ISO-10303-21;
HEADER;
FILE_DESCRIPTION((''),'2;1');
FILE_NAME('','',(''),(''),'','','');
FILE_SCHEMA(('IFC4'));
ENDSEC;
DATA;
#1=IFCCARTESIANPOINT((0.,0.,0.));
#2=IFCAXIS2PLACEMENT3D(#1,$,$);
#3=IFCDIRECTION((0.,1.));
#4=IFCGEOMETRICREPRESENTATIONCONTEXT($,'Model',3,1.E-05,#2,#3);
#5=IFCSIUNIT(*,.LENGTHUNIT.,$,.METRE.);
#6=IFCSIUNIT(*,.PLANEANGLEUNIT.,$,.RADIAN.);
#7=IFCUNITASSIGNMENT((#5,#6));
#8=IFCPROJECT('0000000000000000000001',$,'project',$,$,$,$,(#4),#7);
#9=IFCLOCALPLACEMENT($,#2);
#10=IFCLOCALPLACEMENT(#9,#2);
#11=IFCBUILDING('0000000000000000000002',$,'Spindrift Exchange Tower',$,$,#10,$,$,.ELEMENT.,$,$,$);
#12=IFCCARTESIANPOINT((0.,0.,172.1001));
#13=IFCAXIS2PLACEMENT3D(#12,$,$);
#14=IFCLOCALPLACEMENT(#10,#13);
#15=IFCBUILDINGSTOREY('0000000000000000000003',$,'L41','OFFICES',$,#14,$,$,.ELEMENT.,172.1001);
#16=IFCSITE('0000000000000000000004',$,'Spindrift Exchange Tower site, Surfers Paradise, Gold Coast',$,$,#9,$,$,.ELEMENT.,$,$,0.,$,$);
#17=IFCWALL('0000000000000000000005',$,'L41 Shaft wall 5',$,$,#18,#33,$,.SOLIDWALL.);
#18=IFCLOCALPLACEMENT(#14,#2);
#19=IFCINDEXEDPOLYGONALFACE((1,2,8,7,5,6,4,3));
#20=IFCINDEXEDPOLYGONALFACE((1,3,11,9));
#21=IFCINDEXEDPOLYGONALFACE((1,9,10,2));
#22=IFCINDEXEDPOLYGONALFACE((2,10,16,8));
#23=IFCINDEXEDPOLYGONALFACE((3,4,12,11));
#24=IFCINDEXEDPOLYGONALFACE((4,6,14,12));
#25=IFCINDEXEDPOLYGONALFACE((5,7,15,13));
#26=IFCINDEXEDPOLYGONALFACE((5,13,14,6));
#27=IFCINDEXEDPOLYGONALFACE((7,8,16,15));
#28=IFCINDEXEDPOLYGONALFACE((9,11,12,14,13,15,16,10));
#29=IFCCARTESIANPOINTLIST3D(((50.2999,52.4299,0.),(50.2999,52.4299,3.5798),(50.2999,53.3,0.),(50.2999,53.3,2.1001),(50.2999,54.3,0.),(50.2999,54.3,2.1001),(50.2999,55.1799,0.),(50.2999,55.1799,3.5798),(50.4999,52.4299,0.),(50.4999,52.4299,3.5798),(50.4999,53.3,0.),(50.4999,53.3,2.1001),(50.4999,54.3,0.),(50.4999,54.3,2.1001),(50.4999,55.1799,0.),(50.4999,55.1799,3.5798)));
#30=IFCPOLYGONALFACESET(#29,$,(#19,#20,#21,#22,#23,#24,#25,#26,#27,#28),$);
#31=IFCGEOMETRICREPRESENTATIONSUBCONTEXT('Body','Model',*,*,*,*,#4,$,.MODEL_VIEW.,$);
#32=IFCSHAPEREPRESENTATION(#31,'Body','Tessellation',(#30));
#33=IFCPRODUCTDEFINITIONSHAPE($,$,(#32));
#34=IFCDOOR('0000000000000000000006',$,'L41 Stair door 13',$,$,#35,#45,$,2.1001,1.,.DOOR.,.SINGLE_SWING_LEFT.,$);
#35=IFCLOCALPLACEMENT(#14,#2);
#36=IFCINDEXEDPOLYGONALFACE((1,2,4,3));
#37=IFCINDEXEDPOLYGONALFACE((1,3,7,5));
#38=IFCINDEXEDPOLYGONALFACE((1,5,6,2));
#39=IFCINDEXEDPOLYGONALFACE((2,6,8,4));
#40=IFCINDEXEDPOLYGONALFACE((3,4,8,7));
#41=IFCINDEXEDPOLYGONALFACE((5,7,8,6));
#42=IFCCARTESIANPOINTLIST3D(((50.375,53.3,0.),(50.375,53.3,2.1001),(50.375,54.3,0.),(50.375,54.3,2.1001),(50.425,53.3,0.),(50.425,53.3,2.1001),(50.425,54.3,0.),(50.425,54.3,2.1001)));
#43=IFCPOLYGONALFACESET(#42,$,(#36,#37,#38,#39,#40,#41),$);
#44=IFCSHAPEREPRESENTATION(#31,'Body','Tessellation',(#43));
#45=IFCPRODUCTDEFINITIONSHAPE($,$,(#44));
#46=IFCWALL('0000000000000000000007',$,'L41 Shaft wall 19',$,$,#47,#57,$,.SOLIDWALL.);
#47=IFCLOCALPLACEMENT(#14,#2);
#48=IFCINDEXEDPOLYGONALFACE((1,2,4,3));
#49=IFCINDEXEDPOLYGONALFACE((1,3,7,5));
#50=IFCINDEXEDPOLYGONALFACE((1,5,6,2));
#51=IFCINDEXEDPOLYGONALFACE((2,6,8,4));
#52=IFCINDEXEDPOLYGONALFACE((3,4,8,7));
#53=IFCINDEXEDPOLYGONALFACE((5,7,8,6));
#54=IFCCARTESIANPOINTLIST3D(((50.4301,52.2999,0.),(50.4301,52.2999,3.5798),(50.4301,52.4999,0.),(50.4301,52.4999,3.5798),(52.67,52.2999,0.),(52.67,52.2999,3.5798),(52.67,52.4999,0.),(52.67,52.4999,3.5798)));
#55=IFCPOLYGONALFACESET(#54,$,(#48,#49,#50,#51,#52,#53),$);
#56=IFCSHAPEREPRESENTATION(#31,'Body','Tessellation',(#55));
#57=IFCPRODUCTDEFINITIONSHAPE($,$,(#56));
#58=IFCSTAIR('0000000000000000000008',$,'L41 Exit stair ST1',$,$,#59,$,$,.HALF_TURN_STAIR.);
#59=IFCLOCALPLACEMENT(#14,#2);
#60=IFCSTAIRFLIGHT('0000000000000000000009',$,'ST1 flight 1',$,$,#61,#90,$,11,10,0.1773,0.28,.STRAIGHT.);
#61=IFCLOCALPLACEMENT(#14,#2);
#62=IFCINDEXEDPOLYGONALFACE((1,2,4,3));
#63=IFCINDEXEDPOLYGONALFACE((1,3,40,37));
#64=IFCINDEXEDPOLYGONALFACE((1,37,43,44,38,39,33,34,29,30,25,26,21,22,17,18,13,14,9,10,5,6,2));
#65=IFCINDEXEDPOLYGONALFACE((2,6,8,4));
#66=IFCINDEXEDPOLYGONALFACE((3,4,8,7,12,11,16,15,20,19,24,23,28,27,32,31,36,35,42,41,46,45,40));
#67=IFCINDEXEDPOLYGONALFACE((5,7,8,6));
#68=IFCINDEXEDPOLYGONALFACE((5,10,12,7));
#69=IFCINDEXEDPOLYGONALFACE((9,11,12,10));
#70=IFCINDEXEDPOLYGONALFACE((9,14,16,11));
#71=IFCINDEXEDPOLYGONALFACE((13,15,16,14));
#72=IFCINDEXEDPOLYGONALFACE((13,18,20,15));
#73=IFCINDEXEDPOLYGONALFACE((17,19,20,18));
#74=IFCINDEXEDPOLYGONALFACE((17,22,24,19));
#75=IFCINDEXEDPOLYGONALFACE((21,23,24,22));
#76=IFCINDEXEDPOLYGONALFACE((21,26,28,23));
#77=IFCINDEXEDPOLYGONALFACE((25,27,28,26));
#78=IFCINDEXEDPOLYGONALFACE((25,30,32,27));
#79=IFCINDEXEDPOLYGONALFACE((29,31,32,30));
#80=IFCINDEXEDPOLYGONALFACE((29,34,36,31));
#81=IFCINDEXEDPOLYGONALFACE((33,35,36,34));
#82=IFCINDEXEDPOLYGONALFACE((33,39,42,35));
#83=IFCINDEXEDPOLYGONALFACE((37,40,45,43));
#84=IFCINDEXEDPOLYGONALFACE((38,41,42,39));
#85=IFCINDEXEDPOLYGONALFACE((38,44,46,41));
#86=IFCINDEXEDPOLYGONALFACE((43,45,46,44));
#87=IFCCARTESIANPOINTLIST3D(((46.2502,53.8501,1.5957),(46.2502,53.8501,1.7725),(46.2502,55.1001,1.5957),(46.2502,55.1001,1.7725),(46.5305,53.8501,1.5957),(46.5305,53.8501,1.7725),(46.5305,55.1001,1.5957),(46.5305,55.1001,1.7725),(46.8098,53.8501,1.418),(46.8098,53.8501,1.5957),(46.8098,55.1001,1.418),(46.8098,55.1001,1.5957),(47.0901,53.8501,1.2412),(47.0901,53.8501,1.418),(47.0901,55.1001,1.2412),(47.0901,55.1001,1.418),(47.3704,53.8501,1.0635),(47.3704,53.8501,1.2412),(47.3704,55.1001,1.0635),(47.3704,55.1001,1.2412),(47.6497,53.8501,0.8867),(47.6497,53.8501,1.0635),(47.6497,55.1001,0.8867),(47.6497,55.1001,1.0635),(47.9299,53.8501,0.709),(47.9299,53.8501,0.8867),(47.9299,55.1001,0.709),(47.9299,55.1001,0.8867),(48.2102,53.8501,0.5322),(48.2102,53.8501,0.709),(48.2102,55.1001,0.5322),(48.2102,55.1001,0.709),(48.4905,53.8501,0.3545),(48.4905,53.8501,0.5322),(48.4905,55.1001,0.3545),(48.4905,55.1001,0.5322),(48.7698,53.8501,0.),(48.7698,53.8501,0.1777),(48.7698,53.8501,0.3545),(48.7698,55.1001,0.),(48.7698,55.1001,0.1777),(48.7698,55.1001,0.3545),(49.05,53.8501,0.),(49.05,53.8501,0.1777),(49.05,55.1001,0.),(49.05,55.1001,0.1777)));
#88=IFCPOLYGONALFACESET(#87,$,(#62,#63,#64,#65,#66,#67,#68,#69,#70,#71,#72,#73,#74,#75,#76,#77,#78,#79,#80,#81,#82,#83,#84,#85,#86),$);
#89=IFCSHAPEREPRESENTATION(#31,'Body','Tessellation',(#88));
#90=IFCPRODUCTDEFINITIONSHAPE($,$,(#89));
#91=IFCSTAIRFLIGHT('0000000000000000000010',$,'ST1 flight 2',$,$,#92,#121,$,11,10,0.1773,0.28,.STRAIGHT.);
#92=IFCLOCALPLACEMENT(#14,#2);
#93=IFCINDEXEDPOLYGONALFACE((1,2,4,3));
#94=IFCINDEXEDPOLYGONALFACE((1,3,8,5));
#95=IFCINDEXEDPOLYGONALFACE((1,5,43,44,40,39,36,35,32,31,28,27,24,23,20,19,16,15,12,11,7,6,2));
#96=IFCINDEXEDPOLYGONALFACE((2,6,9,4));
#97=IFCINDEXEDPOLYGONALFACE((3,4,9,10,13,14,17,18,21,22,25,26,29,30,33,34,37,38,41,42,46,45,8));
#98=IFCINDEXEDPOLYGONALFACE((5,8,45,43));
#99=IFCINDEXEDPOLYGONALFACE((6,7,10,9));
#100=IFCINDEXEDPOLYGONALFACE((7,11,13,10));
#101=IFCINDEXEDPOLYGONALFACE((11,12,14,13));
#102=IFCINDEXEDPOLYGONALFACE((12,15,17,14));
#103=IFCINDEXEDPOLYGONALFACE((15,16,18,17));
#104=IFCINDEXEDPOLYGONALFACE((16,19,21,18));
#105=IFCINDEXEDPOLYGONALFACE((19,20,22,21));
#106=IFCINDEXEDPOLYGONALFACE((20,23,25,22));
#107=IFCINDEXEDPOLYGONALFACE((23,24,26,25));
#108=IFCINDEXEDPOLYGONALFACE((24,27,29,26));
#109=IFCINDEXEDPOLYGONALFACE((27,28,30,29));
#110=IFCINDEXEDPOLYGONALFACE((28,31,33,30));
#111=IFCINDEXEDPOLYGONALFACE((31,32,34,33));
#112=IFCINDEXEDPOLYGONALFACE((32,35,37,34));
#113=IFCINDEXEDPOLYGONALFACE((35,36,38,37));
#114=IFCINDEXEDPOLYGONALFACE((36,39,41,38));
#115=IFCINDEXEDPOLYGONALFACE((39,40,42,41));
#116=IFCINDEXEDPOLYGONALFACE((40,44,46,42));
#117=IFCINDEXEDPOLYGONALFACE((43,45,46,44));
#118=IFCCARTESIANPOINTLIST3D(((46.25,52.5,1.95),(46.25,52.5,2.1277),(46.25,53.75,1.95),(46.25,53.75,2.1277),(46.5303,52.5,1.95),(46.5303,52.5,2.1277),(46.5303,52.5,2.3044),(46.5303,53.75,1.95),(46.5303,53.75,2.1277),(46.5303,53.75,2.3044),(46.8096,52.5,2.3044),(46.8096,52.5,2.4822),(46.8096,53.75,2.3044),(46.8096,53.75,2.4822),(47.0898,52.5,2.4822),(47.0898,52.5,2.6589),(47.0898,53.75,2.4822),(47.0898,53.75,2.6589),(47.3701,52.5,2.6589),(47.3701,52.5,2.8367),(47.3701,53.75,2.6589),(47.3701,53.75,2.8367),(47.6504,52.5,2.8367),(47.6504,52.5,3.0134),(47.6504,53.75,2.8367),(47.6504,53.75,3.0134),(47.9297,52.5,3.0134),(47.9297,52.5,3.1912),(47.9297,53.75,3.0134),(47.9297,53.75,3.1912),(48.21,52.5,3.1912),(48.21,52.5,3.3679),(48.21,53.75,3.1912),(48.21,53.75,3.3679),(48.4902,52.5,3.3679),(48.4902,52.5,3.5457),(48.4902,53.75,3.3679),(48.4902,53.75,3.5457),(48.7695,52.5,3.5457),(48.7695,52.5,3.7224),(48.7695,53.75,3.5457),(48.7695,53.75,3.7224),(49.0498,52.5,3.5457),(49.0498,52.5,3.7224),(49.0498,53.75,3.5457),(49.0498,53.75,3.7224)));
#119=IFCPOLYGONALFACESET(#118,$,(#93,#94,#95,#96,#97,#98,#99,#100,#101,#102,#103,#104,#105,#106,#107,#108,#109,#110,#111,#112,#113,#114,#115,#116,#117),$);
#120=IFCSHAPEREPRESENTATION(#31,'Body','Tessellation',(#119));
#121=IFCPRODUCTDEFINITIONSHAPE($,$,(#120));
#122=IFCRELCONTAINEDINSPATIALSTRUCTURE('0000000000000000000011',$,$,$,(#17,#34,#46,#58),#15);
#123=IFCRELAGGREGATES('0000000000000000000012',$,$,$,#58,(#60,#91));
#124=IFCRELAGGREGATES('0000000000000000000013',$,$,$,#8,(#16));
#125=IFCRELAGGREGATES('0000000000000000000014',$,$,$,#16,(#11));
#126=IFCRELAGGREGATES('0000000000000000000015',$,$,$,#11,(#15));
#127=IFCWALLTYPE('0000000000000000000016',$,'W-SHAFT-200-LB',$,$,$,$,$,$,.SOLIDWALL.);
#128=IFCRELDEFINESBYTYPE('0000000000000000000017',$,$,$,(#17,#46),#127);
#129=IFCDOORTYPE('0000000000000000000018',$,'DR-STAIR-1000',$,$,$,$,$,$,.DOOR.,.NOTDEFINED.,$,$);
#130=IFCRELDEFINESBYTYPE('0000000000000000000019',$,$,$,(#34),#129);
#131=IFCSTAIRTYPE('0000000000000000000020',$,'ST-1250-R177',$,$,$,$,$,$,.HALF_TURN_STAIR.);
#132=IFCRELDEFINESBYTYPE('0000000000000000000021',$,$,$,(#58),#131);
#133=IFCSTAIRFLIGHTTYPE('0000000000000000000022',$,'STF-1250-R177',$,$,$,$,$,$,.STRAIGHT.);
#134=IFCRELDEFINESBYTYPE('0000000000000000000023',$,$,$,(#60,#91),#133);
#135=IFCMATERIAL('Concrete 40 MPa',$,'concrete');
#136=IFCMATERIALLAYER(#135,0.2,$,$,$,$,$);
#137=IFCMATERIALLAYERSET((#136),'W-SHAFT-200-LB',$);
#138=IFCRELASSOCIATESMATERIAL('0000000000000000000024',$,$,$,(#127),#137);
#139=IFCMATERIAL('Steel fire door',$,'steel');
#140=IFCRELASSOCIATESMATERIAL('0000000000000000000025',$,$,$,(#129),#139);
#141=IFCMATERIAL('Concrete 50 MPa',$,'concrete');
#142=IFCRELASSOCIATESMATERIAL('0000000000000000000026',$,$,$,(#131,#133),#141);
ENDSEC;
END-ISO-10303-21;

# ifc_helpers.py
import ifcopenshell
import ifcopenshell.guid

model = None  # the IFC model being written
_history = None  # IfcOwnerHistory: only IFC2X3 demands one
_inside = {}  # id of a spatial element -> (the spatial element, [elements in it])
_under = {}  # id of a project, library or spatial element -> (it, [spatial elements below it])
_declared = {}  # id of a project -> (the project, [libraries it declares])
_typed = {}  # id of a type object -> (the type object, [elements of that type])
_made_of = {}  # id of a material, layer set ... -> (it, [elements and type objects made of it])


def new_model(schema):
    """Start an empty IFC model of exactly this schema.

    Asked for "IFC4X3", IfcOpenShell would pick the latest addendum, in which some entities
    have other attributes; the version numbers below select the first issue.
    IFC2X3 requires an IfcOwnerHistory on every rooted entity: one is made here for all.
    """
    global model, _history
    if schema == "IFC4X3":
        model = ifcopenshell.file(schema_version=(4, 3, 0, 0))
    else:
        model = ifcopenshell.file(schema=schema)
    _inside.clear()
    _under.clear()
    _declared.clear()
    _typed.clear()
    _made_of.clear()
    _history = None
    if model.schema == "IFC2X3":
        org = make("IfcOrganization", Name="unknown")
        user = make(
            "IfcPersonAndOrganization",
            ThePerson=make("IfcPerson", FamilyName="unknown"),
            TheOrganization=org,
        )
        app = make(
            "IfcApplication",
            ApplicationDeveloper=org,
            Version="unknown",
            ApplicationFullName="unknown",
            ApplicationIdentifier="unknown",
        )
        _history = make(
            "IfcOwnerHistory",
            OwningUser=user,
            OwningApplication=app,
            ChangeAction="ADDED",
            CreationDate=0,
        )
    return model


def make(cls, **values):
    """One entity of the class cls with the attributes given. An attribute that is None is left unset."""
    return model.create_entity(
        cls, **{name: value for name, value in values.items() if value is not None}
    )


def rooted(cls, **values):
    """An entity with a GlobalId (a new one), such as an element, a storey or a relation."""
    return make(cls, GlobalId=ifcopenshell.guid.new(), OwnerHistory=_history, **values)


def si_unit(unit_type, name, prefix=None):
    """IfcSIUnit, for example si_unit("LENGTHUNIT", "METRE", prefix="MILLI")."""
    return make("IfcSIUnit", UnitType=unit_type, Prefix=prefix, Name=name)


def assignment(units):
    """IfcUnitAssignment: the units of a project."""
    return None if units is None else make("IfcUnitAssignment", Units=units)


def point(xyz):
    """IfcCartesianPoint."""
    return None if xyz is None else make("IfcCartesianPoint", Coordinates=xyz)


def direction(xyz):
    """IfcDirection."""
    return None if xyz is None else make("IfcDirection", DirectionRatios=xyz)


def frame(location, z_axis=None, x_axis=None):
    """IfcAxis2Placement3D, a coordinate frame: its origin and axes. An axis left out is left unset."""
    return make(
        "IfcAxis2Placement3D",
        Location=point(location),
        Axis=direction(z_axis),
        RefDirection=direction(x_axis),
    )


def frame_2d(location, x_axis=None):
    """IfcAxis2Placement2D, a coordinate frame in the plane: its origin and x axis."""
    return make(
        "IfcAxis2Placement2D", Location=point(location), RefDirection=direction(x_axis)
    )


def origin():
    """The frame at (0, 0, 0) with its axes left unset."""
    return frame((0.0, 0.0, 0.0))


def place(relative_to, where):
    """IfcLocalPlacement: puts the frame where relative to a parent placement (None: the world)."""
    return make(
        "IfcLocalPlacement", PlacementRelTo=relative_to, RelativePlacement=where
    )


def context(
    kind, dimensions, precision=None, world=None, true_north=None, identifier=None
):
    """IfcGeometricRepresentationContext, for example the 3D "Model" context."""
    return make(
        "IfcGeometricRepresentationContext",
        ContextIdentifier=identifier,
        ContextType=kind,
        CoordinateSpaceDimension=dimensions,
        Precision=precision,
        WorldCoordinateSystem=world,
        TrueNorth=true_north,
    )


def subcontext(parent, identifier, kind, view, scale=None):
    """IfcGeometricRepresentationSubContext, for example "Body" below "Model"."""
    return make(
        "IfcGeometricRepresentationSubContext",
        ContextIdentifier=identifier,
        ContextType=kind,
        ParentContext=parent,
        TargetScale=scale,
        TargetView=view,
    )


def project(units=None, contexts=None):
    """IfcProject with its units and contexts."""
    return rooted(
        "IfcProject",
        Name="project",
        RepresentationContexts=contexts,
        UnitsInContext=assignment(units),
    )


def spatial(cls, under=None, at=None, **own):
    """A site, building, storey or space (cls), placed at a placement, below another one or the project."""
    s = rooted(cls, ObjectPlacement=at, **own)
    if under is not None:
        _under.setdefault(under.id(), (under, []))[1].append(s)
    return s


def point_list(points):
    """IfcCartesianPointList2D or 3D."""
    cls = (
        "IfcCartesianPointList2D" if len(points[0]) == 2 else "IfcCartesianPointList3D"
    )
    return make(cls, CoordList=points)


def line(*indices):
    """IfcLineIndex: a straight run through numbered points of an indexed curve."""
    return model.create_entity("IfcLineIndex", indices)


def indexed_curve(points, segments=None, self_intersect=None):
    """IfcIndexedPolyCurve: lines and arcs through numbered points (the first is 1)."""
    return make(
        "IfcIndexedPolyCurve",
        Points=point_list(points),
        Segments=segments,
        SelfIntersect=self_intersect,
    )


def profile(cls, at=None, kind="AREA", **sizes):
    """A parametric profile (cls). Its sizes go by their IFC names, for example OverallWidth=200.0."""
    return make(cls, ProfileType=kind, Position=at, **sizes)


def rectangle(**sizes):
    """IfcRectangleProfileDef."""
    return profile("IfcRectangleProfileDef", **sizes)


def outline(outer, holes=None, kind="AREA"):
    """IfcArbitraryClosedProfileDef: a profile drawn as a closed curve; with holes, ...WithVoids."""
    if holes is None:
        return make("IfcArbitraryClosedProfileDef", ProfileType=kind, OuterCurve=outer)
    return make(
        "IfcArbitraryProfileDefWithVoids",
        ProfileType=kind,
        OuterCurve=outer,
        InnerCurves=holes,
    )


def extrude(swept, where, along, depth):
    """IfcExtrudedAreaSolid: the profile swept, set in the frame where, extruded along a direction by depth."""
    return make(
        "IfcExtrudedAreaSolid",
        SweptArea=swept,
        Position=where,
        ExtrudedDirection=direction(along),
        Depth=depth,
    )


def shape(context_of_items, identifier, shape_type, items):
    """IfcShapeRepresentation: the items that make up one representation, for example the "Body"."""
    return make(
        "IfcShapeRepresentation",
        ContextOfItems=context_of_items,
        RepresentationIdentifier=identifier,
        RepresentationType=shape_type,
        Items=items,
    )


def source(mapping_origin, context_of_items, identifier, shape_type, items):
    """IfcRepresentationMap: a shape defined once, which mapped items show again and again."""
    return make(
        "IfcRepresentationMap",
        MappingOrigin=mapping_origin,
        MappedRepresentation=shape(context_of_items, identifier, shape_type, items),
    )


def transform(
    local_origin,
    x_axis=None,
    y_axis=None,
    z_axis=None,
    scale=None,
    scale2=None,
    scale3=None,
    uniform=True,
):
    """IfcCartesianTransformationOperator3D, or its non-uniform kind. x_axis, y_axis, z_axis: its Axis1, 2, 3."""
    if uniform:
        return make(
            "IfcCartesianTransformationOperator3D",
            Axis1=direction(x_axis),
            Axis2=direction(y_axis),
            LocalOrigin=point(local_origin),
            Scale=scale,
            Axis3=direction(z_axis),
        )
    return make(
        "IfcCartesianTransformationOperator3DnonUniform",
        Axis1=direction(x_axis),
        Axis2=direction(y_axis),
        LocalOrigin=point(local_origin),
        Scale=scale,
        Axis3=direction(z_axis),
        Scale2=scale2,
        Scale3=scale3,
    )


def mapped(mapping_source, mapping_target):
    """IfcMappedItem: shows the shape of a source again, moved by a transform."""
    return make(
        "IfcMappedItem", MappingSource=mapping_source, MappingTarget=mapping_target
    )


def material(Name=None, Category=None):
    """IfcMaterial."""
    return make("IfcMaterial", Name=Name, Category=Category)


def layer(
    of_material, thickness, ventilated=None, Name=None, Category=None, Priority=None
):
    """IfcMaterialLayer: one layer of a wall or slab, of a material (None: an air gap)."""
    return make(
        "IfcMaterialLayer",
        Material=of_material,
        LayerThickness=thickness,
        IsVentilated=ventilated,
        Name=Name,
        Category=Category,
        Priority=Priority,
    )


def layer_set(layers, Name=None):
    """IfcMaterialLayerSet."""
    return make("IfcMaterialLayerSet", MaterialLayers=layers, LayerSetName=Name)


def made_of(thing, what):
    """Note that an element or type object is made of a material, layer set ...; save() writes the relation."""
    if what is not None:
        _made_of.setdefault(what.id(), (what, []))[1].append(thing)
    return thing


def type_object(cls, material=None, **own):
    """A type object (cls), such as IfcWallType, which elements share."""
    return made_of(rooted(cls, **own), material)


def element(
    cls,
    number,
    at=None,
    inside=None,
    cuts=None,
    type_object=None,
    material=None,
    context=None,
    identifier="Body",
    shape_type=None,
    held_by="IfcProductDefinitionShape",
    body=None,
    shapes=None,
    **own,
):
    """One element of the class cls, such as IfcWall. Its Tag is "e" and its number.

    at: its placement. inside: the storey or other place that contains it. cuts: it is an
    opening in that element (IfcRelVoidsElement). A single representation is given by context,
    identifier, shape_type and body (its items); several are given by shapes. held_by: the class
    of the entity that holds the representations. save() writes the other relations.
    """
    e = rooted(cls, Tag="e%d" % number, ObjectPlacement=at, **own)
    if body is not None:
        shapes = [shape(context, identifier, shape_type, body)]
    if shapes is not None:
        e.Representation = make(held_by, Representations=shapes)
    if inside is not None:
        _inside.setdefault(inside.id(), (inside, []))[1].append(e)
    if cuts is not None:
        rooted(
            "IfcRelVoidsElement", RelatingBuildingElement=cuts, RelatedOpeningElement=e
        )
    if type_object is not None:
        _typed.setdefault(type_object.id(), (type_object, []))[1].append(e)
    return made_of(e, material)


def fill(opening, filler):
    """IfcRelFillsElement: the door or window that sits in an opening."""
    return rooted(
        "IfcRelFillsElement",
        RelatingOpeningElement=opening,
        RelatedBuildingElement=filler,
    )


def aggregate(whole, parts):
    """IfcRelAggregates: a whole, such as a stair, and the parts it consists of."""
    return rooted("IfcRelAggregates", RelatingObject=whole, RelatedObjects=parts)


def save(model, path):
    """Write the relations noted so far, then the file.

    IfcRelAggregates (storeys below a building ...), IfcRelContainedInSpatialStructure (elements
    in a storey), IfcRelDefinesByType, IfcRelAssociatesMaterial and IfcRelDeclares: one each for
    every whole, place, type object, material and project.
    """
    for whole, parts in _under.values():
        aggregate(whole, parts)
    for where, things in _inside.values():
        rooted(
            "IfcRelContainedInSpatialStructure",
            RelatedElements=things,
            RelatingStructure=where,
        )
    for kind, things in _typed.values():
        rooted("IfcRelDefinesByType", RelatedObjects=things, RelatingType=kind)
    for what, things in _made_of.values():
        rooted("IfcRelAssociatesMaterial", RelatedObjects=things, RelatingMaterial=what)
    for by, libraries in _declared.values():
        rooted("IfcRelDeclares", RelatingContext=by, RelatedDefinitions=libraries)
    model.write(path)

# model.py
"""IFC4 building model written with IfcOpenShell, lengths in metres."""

from ifc_helpers import new_model, si_unit, direction, frame, frame_2d, origin, place, context, subcontext, project, spatial, line, indexed_curve, rectangle, outline, extrude, source, transform, mapped, material, layer, layer_set, type_object, element, fill, aggregate, save


model = new_model("IFC4")

# Units and contexts
model_context = context("Model", 3, precision=1e-05, world=origin(), true_north=direction((0.0, 1.0)))
body_context = subcontext(model_context, "Body", "Model", "MODEL_VIEW")
ifc_project = project(units=[si_unit("LENGTHUNIT", "METRE"), si_unit("PLANEANGLEUNIT", "RADIAN")], contexts=[model_context])

# Site, building, storey
site_placement = place(None, origin())
site = spatial("IfcSite", under=ifc_project, at=site_placement, Name="Spindrift Exchange Tower site, Surfers Paradise, Gold Coast", CompositionType="ELEMENT", RefElevation=0.0)
building_placement = place(site_placement, origin())
building = spatial("IfcBuilding", under=site, at=building_placement, Name="Spindrift Exchange Tower", CompositionType="ELEMENT")
storey_placement = place(building_placement, frame((0.0, 0.0, 172.1001)))
storey = spatial("IfcBuildingStorey", under=building, at=storey_placement, Name="L41", Description="OFFICES", CompositionType="ELEMENT", Elevation=172.1001)

# Shared definitions
ifc_material_1 = material(Name="Concrete 40 MPa", Category="concrete")
ifc_layer_1 = layer(ifc_material_1, 0.2)
ifc_layer_set_1 = layer_set([ifc_layer_1], Name="W-SHAFT-200-LB")
wall_type_1 = type_object("IfcWallType", Name="W-SHAFT-200-LB", PredefinedType="SOLIDWALL", material=ifc_layer_set_1)

# Wall, opening, door
wall_1_placement = place(storey_placement, frame((50.3999, 52.4299, 0.0), z_axis=(0.0, 0.0, 1.0), x_axis=(0.0, 1.0, 0.0)))
wall_1 = element("IfcWall", 1, at=wall_1_placement, inside=storey, type_object=wall_type_1, Name="L41 Shaft wall 5", PredefinedType="SOLIDWALL", context=body_context, shape_type="SweptSolid", body=[
    extrude(rectangle(XDim=2.75, YDim=0.2, at=frame_2d((1.375, 0.0))), origin(), (0.0, 0.0, 1.0), 3.5798),
])
opening_1_placement = place(wall_1_placement, frame((0.8701, 0.0, 0.0)))
opening_1 = element("IfcOpeningElement", 2, at=opening_1_placement, cuts=wall_1, PredefinedType="OPENING", context=body_context, shape_type="SweptSolid", body=[
    extrude(rectangle(XDim=1.0, YDim=2.1001, at=frame_2d((0.5, 1.05))), frame((0.0, 0.1099, 0.0), z_axis=(0.0, -1.0, 0.0), x_axis=(1.0, 0.0, 0.0)), (0.0, 0.0, 1.0), 0.22),
])
ifc_material_2 = material(Name="Steel fire door", Category="steel")
door_type_1 = type_object("IfcDoorType", Name="DR-STAIR-1000", OperationType="NOTDEFINED", PredefinedType="DOOR", material=ifc_material_2)
shared_shape_1 = source(origin(), body_context, "Body", "SweptSolid", [
    extrude(rectangle(XDim=1.0, YDim=2.1001, at=frame_2d((0.5, 1.05))), frame((0.0, 0.0249, 0.0), z_axis=(0.0, -1.0, 0.0), x_axis=(1.0, 0.0, 0.0)), (0.0, 0.0, 1.0), 0.05),
])
door_1_placement = place(opening_1_placement, origin())
door_1 = element("IfcDoor", 3, at=door_1_placement, inside=storey, type_object=door_type_1, Name="L41 Stair door 13", OperationType="SINGLE_SWING_LEFT", OverallHeight=2.1001, OverallWidth=1.0, PredefinedType="DOOR", context=body_context, shape_type="MappedRepresentation", body=[
    mapped(shared_shape_1, transform((0.0, 0.0, 0.0), scale=1.0)),
])
fill(opening_1, door_1)

# Wall
wall_2_placement = place(storey_placement, frame((50.4299, 52.3999, 0.0), z_axis=(0.0, 0.0, 1.0), x_axis=(1.0, 0.0, 0.0)))
element("IfcWall", 4, at=wall_2_placement, inside=storey, type_object=wall_type_1, Name="L41 Shaft wall 19", PredefinedType="SOLIDWALL", context=body_context, shape_type="SweptSolid", body=[
    extrude(rectangle(XDim=2.24, YDim=0.2, at=frame_2d((1.1201, 0.0))), origin(), (0.0, 0.0, 1.0), 3.5798),
])

# Stair, stair flights
ifc_material_3 = material(Name="Concrete 50 MPa", Category="concrete")
stair_type = type_object("IfcStairType", Name="ST-1250-R177", PredefinedType="HALF_TURN_STAIR", material=ifc_material_3)
stair_placement = place(storey_placement, origin())
stair = element("IfcStair", 5, at=stair_placement, inside=storey, type_object=stair_type, Name="L41 Exit stair ST1", PredefinedType="HALF_TURN_STAIR")
stair_flight_type = type_object("IfcStairFlightType", Name="STF-1250-R177", PredefinedType="STRAIGHT", material=ifc_material_3)
stair_flight_1_placement = place(storey_placement, frame((49.05, 54.4751, 0.0), z_axis=(0.0, 0.0, 1.0), x_axis=(-1.0, 0.0, 0.0)))
stair_flight_1 = element("IfcStairFlight", 6, at=stair_flight_1_placement, type_object=stair_flight_type, Name="ST1 flight 1", NumberOfRisers=11, NumberOfTreads=10, PredefinedType="STRAIGHT", RiserHeight=0.1773, TreadLength=0.28, context=body_context, shape_type="SweptSolid", body=[
    extrude(outline(indexed_curve([(0.0, 0.0), (0.0, 0.1777), (0.2803, 0.1777), (0.2803, 0.3545), (0.5596, 0.3545), (0.5596, 0.5322), (0.8398, 0.5322), (0.8398, 0.709), (1.1201, 0.709), (1.1201, 0.8867), (1.4004, 0.8867), (1.4004, 1.0635), (1.6797, 1.0635), (1.6797, 1.2412), (1.96, 1.2412), (1.96, 1.418), (2.2402, 1.418), (2.2402, 1.5957), (2.5195, 1.5957), (2.5195, 1.7725), (2.7998, 1.7725), (2.7998, 1.9502), (2.7998, 1.5957), (0.2803, 0.0)], segments=[line(1, 2, 3, 4, 5, 6, 7, 8, 9, 10, 11, 12, 13, 14, 15, 16, 17, 18, 19, 20, 21, 22, 23, 24, 1)], self_intersect=False)), frame((0.0, 0.625, 0.0), z_axis=(0.0, -1.0, 0.0), x_axis=(1.0, 0.0, 0.0)), (0.0, 0.0, 1.0), 1.25),
])
stair_flight_2_placement = place(storey_placement, frame((46.25, 53.125, 1.95), z_axis=(0.0, 0.0, 1.0), x_axis=(1.0, 0.0, 0.0)))
stair_flight_2 = element("IfcStairFlight", 7, at=stair_flight_2_placement, type_object=stair_flight_type, Name="ST1 flight 2", NumberOfRisers=11, NumberOfTreads=10, PredefinedType="STRAIGHT", RiserHeight=0.1773, TreadLength=0.28, context=body_context, shape_type="SweptSolid", body=[
    extrude(outline(indexed_curve([(0.0, 0.0), (0.0, 0.1777), (0.2803, 0.1777), (0.2803, 0.3545), (0.5596, 0.3545), (0.5596, 0.5322), (0.8398, 0.5322), (0.8398, 0.709), (1.1201, 0.709), (1.1201, 0.8867), (1.4004, 0.8867), (1.4004, 1.0635), (1.6797, 1.0635), (1.6797, 1.2412), (1.96, 1.2412), (1.96, 1.418), (2.2402, 1.418), (2.2402, 1.5957), (2.5195, 1.5957), (2.5195, 1.7725), (2.7998, 1.7725), (2.7998, 1.9502), (2.7998, 1.5957), (0.2803, 0.0)], segments=[line(1, 2, 3, 4, 5, 6, 7, 8, 9, 10, 11, 12, 13, 14, 15, 16, 17, 18, 19, 20, 21, 22, 23, 24, 1)], self_intersect=False)), frame((0.0, 0.625, 0.0), z_axis=(0.0, -1.0, 0.0), x_axis=(1.0, 0.0, 0.0)), (0.0, 0.0, 1.0), 1.25),
])
aggregate(stair, [stair_flight_1, stair_flight_2])

save(model, "model.ifc")
